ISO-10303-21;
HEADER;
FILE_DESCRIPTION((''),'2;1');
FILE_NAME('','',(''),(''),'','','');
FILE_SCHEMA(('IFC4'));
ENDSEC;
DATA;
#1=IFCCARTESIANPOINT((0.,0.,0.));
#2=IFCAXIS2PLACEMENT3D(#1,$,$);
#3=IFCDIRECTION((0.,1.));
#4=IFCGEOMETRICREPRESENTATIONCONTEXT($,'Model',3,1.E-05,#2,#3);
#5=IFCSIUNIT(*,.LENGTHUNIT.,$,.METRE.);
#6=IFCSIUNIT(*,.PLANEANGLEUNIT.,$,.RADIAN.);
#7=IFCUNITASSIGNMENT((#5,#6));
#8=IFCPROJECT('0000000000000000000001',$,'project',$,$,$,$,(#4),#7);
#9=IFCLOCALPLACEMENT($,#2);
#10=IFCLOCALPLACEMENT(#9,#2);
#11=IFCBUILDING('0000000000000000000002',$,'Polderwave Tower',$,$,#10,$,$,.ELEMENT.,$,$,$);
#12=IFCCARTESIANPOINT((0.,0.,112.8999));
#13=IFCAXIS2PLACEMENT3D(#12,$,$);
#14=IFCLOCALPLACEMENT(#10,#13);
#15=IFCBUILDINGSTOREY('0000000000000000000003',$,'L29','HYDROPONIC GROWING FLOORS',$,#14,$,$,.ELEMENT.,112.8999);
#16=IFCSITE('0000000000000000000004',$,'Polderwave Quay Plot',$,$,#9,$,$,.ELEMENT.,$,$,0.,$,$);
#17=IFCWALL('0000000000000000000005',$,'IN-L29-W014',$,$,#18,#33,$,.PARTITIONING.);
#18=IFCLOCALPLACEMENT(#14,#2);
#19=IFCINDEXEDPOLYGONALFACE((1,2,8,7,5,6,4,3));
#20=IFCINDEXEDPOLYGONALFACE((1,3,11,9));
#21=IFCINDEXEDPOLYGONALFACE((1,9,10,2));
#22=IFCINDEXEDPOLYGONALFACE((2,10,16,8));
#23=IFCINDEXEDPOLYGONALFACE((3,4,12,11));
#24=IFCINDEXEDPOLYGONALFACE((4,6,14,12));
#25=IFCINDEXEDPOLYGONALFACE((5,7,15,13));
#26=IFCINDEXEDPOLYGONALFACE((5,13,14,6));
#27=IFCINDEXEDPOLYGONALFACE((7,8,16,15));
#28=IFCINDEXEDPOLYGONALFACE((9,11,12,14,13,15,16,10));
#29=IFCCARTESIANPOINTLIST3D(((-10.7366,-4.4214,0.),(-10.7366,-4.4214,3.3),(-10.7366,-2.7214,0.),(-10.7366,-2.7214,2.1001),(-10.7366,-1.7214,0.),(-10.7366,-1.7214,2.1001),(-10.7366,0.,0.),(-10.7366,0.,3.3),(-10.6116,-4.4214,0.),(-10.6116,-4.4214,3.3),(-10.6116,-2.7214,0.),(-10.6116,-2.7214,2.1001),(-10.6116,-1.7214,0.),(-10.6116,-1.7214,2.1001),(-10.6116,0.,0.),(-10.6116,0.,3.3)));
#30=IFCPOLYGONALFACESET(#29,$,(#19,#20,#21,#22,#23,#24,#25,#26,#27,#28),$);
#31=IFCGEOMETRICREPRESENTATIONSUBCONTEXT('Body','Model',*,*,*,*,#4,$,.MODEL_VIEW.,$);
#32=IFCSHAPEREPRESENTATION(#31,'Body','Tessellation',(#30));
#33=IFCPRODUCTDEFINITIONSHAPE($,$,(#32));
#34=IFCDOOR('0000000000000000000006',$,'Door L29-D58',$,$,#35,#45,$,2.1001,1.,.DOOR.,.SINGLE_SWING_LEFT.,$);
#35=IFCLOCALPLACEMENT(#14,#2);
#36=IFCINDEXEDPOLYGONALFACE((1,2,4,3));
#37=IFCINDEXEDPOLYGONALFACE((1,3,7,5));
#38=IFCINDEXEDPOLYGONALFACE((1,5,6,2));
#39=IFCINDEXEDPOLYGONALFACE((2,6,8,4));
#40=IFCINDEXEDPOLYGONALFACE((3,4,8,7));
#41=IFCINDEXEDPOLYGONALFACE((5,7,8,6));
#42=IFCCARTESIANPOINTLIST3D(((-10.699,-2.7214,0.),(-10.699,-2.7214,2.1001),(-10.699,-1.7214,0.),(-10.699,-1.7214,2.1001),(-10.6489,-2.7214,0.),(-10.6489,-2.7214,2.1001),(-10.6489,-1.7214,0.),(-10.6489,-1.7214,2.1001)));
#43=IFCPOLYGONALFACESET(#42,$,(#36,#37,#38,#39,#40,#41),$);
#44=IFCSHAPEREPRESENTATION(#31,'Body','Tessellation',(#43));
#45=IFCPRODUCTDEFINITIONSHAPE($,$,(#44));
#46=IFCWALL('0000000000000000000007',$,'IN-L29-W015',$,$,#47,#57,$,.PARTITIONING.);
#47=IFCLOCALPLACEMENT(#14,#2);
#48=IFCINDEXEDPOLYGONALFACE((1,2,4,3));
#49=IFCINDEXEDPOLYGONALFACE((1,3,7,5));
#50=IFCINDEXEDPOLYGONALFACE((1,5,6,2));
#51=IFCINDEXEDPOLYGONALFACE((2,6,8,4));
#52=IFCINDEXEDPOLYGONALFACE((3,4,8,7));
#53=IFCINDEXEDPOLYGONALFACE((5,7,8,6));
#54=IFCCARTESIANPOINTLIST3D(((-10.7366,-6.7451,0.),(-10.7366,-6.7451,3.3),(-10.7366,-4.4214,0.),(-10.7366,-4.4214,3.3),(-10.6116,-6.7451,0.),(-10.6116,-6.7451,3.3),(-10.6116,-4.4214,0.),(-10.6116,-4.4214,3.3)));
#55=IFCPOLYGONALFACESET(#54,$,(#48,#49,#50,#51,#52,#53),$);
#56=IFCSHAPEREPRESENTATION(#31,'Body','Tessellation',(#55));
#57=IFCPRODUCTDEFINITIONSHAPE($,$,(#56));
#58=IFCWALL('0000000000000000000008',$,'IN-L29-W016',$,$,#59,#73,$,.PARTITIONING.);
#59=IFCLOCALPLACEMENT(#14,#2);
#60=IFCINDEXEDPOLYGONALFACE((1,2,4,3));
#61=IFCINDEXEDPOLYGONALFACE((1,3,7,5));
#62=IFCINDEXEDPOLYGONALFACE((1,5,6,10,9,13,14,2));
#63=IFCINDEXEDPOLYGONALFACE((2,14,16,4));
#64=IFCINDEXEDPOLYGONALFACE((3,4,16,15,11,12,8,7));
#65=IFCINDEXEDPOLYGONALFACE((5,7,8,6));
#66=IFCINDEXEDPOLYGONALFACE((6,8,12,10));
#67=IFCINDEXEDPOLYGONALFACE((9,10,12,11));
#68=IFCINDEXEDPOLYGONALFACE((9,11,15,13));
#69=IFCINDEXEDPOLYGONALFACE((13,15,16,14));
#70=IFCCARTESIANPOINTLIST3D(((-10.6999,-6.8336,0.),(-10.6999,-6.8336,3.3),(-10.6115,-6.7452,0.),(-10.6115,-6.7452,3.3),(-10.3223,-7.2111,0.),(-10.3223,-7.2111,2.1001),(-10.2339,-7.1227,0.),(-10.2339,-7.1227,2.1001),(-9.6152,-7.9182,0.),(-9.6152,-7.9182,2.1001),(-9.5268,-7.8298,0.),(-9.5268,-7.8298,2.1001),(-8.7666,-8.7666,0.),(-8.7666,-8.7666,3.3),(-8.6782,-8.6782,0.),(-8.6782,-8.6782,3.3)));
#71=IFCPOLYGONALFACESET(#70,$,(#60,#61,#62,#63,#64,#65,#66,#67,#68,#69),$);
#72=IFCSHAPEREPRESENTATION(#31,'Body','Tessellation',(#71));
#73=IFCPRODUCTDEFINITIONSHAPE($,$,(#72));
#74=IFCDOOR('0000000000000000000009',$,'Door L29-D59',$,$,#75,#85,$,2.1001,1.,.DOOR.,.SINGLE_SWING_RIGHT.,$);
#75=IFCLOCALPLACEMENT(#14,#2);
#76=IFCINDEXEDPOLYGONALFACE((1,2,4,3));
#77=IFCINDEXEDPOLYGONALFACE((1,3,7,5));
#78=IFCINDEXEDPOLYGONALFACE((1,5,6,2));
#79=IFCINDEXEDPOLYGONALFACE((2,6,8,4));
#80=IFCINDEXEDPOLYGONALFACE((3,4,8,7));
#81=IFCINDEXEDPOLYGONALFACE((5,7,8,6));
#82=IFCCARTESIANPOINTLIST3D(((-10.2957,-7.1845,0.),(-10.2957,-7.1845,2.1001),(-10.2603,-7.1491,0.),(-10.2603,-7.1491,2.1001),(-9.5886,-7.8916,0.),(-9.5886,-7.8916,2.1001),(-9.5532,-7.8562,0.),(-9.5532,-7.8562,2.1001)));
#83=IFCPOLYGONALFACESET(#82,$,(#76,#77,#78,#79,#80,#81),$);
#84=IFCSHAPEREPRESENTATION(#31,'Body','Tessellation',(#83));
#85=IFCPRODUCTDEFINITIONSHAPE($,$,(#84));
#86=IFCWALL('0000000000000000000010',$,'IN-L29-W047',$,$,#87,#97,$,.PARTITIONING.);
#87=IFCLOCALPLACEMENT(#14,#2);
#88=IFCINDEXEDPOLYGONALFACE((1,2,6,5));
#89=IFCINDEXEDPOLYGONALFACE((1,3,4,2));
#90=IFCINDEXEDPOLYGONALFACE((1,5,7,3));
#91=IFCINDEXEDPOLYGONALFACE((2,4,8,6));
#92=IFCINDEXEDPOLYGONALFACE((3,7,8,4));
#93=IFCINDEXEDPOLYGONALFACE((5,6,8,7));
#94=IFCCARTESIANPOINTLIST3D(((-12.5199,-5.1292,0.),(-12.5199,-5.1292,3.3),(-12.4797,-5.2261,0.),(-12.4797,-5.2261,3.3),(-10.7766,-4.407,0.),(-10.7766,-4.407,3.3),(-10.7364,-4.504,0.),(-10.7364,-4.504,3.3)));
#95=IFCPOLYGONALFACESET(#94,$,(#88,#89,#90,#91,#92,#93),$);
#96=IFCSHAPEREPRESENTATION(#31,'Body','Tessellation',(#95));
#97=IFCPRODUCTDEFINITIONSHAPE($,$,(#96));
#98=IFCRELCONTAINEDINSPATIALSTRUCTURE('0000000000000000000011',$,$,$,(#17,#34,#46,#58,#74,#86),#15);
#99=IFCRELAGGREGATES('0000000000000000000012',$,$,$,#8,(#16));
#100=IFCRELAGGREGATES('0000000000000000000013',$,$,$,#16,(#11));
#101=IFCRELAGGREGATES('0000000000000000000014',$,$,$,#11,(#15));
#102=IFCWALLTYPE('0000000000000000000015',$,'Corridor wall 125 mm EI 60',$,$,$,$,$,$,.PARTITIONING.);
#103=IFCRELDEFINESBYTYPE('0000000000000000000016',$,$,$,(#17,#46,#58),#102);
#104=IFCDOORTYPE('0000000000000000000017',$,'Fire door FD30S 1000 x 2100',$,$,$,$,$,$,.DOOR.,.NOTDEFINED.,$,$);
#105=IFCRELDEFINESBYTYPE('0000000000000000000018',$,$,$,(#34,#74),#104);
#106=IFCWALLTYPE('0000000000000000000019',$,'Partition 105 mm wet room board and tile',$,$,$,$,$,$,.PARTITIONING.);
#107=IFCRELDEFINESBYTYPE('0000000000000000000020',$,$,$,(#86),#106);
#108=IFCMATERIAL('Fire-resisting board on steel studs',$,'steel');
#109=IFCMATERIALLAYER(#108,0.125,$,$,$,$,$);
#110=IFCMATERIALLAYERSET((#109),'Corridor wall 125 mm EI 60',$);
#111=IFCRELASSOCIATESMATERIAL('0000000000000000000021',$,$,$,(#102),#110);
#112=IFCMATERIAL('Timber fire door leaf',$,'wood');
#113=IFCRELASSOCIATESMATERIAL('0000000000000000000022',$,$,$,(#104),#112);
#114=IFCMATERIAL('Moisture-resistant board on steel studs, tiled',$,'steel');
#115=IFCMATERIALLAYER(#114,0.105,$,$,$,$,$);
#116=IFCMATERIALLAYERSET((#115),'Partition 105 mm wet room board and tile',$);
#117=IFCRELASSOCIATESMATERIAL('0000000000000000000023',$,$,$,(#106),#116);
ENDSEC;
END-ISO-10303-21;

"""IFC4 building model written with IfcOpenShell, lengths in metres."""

from ifc_helpers import new_model, si_unit, direction, frame, frame_2d, origin, place, context, subcontext, project, spatial, rectangle, extrude, material, layer, layer_set, type_object, element, fill, save


model = new_model("IFC4")

# Units and contexts
model_context = context("Model", 3, precision=1e-05, world=origin(), true_north=direction((0.0, 1.0)))
body_context = subcontext(model_context, "Body", "Model", "MODEL_VIEW")
ifc_project = project(units=[si_unit("LENGTHUNIT", "METRE"), si_unit("PLANEANGLEUNIT", "RADIAN")], contexts=[model_context])

# Site, building, storey
site_placement = place(None, origin())
site = spatial("IfcSite", under=ifc_project, at=site_placement, Name="Polderwave Quay Plot", CompositionType="ELEMENT", RefElevation=0.0)
building_placement = place(site_placement, origin())
building = spatial("IfcBuilding", under=site, at=building_placement, Name="Polderwave Tower", CompositionType="ELEMENT")
storey_placement = place(building_placement, frame((0.0, 0.0, 112.8999)))
storey = spatial("IfcBuildingStorey", under=building, at=storey_placement, Name="L29", Description="HYDROPONIC GROWING FLOORS", CompositionType="ELEMENT", Elevation=112.8999)

# Wall, opening, door
ifc_material_1 = material(Name="Fire-resisting board on steel studs", Category="steel")
ifc_layer_1 = layer(ifc_material_1, 0.125)
ifc_layer_set_1 = layer_set([ifc_layer_1], Name="Corridor wall 125 mm EI 60")
wall_type_1 = type_object("IfcWallType", Name="Corridor wall 125 mm EI 60", PredefinedType="PARTITIONING", material=ifc_layer_set_1)
wall_1_placement = place(storey_placement, frame((-10.6741, -4.4214, 0.0), z_axis=(0.0, 0.0, 1.0), x_axis=(0.0, 1.0, 0.0)))
wall_1 = element("IfcWall", 1, at=wall_1_placement, inside=storey, type_object=wall_type_1, Name="IN-L29-W014", PredefinedType="PARTITIONING", context=body_context, shape_type="SweptSolid", body=[
    extrude(rectangle(XDim=4.4214, YDim=0.125, at=frame_2d((2.2107, 0.0))), origin(), (0.0, 0.0, 1.0), 3.3),
])
opening_1_placement = place(wall_1_placement, frame((1.7, 0.0, 0.0)))
opening_1 = element("IfcOpeningElement", 2, at=opening_1_placement, cuts=wall_1, PredefinedType="OPENING", context=body_context, shape_type="SweptSolid", body=[
    extrude(rectangle(XDim=1.0, YDim=2.1001, at=frame_2d((0.5, 1.05))), frame((0.0, 0.0725, 0.0), z_axis=(0.0, -1.0, 0.0), x_axis=(1.0, 0.0, 0.0)), (0.0, 0.0, 1.0), 0.145),
])
ifc_material_2 = material(Name="Timber fire door leaf", Category="wood")
door_type_1 = type_object("IfcDoorType", Name="Fire door FD30S 1000 x 2100", OperationType="NOTDEFINED", PredefinedType="DOOR", material=ifc_material_2)
door_1_placement = place(opening_1_placement, origin())
door_1 = element("IfcDoor", 3, at=door_1_placement, inside=storey, type_object=door_type_1, Name="Door L29-D58", OperationType="SINGLE_SWING_LEFT", OverallHeight=2.1001, OverallWidth=1.0, PredefinedType="DOOR", context=body_context, shape_type="SweptSolid", body=[
    extrude(rectangle(XDim=1.0, YDim=2.1001, at=frame_2d((0.5, 1.05))), frame((0.0, 0.0249, 0.0), z_axis=(0.0, -1.0, 0.0), x_axis=(1.0, 0.0, 0.0)), (0.0, 0.0, 1.0), 0.05),
])
fill(opening_1, door_1)

# Wall
wall_2_placement = place(storey_placement, frame((-10.6741, -6.7451, 0.0), z_axis=(0.0, 0.0, 1.0), x_axis=(0.0, 1.0, 0.0)))
element("IfcWall", 4, at=wall_2_placement, inside=storey, type_object=wall_type_1, Name="IN-L29-W015", PredefinedType="PARTITIONING", context=body_context, shape_type="SweptSolid", body=[
    extrude(rectangle(XDim=2.3237, YDim=0.125, at=frame_2d((1.1619, 0.0))), origin(), (0.0, 0.0, 1.0), 3.3),
])

# Wall, opening, door
wall_3_placement = place(storey_placement, frame((-8.7224, -8.7224, 0.0), z_axis=(0.0, 0.0, 1.0), x_axis=(-0.707151, 0.707062, 0.0)))
wall_3 = element("IfcWall", 5, at=wall_3_placement, inside=storey, type_object=wall_type_1, Name="IN-L29-W016", PredefinedType="PARTITIONING", context=body_context, shape_type="SweptSolid", body=[
    extrude(rectangle(XDim=2.7339, YDim=0.125, at=frame_2d((1.3669, 0.0))), origin(), (0.0, 0.0, 1.0), 3.3),
])
opening_2_placement = place(wall_3_placement, frame((1.2, 0.0, 0.0)))
opening_2 = element("IfcOpeningElement", 6, at=opening_2_placement, cuts=wall_3, PredefinedType="OPENING", context=body_context, shape_type="SweptSolid", body=[
    extrude(rectangle(XDim=1.0, YDim=2.1001, at=frame_2d((0.5, 1.05))), frame((0.0, 0.0725, 0.0), z_axis=(0.0, -1.0, 0.0), x_axis=(1.0, 0.0, 0.0)), (0.0, 0.0, 1.0), 0.145),
])
door_2_placement = place(opening_2_placement, origin())
door_2 = element("IfcDoor", 7, at=door_2_placement, inside=storey, type_object=door_type_1, Name="Door L29-D59", OperationType="SINGLE_SWING_RIGHT", OverallHeight=2.1001, OverallWidth=1.0, PredefinedType="DOOR", context=body_context, shape_type="SweptSolid", body=[
    extrude(rectangle(XDim=1.0, YDim=2.1001, at=frame_2d((0.5, 1.05))), frame((0.0, 0.0249, 0.0), z_axis=(0.0, -1.0, 0.0), x_axis=(1.0, 0.0, 0.0)), (0.0, 0.0, 1.0), 0.05),
])
fill(opening_2, door_2)

# Wall
ifc_material_3 = material(Name="Moisture-resistant board on steel studs, tiled", Category="steel")
ifc_layer_2 = layer(ifc_material_3, 0.105)
ifc_layer_set_2 = layer_set([ifc_layer_2], Name="Partition 105 mm wet room board and tile")
wall_type_2 = type_object("IfcWallType", Name="Partition 105 mm wet room board and tile", PredefinedType="PARTITIONING", material=ifc_layer_set_2)
wall_4_placement = place(storey_placement, frame((-10.7566, -4.4556, 0.0), z_axis=(0.0, 0.0, 1.0), x_axis=(-0.923875, -0.382695, 0.0)))
element("IfcWall", 8, at=wall_4_placement, inside=storey, type_object=wall_type_2, Name="IN-L29-W047", PredefinedType="PARTITIONING", context=body_context, shape_type="SweptSolid", body=[
    extrude(rectangle(XDim=1.887, YDim=0.105, at=frame_2d((0.9434, 0.0))), origin(), (0.0, 0.0, 1.0), 3.3),
])

save(model, "model.ifc")
